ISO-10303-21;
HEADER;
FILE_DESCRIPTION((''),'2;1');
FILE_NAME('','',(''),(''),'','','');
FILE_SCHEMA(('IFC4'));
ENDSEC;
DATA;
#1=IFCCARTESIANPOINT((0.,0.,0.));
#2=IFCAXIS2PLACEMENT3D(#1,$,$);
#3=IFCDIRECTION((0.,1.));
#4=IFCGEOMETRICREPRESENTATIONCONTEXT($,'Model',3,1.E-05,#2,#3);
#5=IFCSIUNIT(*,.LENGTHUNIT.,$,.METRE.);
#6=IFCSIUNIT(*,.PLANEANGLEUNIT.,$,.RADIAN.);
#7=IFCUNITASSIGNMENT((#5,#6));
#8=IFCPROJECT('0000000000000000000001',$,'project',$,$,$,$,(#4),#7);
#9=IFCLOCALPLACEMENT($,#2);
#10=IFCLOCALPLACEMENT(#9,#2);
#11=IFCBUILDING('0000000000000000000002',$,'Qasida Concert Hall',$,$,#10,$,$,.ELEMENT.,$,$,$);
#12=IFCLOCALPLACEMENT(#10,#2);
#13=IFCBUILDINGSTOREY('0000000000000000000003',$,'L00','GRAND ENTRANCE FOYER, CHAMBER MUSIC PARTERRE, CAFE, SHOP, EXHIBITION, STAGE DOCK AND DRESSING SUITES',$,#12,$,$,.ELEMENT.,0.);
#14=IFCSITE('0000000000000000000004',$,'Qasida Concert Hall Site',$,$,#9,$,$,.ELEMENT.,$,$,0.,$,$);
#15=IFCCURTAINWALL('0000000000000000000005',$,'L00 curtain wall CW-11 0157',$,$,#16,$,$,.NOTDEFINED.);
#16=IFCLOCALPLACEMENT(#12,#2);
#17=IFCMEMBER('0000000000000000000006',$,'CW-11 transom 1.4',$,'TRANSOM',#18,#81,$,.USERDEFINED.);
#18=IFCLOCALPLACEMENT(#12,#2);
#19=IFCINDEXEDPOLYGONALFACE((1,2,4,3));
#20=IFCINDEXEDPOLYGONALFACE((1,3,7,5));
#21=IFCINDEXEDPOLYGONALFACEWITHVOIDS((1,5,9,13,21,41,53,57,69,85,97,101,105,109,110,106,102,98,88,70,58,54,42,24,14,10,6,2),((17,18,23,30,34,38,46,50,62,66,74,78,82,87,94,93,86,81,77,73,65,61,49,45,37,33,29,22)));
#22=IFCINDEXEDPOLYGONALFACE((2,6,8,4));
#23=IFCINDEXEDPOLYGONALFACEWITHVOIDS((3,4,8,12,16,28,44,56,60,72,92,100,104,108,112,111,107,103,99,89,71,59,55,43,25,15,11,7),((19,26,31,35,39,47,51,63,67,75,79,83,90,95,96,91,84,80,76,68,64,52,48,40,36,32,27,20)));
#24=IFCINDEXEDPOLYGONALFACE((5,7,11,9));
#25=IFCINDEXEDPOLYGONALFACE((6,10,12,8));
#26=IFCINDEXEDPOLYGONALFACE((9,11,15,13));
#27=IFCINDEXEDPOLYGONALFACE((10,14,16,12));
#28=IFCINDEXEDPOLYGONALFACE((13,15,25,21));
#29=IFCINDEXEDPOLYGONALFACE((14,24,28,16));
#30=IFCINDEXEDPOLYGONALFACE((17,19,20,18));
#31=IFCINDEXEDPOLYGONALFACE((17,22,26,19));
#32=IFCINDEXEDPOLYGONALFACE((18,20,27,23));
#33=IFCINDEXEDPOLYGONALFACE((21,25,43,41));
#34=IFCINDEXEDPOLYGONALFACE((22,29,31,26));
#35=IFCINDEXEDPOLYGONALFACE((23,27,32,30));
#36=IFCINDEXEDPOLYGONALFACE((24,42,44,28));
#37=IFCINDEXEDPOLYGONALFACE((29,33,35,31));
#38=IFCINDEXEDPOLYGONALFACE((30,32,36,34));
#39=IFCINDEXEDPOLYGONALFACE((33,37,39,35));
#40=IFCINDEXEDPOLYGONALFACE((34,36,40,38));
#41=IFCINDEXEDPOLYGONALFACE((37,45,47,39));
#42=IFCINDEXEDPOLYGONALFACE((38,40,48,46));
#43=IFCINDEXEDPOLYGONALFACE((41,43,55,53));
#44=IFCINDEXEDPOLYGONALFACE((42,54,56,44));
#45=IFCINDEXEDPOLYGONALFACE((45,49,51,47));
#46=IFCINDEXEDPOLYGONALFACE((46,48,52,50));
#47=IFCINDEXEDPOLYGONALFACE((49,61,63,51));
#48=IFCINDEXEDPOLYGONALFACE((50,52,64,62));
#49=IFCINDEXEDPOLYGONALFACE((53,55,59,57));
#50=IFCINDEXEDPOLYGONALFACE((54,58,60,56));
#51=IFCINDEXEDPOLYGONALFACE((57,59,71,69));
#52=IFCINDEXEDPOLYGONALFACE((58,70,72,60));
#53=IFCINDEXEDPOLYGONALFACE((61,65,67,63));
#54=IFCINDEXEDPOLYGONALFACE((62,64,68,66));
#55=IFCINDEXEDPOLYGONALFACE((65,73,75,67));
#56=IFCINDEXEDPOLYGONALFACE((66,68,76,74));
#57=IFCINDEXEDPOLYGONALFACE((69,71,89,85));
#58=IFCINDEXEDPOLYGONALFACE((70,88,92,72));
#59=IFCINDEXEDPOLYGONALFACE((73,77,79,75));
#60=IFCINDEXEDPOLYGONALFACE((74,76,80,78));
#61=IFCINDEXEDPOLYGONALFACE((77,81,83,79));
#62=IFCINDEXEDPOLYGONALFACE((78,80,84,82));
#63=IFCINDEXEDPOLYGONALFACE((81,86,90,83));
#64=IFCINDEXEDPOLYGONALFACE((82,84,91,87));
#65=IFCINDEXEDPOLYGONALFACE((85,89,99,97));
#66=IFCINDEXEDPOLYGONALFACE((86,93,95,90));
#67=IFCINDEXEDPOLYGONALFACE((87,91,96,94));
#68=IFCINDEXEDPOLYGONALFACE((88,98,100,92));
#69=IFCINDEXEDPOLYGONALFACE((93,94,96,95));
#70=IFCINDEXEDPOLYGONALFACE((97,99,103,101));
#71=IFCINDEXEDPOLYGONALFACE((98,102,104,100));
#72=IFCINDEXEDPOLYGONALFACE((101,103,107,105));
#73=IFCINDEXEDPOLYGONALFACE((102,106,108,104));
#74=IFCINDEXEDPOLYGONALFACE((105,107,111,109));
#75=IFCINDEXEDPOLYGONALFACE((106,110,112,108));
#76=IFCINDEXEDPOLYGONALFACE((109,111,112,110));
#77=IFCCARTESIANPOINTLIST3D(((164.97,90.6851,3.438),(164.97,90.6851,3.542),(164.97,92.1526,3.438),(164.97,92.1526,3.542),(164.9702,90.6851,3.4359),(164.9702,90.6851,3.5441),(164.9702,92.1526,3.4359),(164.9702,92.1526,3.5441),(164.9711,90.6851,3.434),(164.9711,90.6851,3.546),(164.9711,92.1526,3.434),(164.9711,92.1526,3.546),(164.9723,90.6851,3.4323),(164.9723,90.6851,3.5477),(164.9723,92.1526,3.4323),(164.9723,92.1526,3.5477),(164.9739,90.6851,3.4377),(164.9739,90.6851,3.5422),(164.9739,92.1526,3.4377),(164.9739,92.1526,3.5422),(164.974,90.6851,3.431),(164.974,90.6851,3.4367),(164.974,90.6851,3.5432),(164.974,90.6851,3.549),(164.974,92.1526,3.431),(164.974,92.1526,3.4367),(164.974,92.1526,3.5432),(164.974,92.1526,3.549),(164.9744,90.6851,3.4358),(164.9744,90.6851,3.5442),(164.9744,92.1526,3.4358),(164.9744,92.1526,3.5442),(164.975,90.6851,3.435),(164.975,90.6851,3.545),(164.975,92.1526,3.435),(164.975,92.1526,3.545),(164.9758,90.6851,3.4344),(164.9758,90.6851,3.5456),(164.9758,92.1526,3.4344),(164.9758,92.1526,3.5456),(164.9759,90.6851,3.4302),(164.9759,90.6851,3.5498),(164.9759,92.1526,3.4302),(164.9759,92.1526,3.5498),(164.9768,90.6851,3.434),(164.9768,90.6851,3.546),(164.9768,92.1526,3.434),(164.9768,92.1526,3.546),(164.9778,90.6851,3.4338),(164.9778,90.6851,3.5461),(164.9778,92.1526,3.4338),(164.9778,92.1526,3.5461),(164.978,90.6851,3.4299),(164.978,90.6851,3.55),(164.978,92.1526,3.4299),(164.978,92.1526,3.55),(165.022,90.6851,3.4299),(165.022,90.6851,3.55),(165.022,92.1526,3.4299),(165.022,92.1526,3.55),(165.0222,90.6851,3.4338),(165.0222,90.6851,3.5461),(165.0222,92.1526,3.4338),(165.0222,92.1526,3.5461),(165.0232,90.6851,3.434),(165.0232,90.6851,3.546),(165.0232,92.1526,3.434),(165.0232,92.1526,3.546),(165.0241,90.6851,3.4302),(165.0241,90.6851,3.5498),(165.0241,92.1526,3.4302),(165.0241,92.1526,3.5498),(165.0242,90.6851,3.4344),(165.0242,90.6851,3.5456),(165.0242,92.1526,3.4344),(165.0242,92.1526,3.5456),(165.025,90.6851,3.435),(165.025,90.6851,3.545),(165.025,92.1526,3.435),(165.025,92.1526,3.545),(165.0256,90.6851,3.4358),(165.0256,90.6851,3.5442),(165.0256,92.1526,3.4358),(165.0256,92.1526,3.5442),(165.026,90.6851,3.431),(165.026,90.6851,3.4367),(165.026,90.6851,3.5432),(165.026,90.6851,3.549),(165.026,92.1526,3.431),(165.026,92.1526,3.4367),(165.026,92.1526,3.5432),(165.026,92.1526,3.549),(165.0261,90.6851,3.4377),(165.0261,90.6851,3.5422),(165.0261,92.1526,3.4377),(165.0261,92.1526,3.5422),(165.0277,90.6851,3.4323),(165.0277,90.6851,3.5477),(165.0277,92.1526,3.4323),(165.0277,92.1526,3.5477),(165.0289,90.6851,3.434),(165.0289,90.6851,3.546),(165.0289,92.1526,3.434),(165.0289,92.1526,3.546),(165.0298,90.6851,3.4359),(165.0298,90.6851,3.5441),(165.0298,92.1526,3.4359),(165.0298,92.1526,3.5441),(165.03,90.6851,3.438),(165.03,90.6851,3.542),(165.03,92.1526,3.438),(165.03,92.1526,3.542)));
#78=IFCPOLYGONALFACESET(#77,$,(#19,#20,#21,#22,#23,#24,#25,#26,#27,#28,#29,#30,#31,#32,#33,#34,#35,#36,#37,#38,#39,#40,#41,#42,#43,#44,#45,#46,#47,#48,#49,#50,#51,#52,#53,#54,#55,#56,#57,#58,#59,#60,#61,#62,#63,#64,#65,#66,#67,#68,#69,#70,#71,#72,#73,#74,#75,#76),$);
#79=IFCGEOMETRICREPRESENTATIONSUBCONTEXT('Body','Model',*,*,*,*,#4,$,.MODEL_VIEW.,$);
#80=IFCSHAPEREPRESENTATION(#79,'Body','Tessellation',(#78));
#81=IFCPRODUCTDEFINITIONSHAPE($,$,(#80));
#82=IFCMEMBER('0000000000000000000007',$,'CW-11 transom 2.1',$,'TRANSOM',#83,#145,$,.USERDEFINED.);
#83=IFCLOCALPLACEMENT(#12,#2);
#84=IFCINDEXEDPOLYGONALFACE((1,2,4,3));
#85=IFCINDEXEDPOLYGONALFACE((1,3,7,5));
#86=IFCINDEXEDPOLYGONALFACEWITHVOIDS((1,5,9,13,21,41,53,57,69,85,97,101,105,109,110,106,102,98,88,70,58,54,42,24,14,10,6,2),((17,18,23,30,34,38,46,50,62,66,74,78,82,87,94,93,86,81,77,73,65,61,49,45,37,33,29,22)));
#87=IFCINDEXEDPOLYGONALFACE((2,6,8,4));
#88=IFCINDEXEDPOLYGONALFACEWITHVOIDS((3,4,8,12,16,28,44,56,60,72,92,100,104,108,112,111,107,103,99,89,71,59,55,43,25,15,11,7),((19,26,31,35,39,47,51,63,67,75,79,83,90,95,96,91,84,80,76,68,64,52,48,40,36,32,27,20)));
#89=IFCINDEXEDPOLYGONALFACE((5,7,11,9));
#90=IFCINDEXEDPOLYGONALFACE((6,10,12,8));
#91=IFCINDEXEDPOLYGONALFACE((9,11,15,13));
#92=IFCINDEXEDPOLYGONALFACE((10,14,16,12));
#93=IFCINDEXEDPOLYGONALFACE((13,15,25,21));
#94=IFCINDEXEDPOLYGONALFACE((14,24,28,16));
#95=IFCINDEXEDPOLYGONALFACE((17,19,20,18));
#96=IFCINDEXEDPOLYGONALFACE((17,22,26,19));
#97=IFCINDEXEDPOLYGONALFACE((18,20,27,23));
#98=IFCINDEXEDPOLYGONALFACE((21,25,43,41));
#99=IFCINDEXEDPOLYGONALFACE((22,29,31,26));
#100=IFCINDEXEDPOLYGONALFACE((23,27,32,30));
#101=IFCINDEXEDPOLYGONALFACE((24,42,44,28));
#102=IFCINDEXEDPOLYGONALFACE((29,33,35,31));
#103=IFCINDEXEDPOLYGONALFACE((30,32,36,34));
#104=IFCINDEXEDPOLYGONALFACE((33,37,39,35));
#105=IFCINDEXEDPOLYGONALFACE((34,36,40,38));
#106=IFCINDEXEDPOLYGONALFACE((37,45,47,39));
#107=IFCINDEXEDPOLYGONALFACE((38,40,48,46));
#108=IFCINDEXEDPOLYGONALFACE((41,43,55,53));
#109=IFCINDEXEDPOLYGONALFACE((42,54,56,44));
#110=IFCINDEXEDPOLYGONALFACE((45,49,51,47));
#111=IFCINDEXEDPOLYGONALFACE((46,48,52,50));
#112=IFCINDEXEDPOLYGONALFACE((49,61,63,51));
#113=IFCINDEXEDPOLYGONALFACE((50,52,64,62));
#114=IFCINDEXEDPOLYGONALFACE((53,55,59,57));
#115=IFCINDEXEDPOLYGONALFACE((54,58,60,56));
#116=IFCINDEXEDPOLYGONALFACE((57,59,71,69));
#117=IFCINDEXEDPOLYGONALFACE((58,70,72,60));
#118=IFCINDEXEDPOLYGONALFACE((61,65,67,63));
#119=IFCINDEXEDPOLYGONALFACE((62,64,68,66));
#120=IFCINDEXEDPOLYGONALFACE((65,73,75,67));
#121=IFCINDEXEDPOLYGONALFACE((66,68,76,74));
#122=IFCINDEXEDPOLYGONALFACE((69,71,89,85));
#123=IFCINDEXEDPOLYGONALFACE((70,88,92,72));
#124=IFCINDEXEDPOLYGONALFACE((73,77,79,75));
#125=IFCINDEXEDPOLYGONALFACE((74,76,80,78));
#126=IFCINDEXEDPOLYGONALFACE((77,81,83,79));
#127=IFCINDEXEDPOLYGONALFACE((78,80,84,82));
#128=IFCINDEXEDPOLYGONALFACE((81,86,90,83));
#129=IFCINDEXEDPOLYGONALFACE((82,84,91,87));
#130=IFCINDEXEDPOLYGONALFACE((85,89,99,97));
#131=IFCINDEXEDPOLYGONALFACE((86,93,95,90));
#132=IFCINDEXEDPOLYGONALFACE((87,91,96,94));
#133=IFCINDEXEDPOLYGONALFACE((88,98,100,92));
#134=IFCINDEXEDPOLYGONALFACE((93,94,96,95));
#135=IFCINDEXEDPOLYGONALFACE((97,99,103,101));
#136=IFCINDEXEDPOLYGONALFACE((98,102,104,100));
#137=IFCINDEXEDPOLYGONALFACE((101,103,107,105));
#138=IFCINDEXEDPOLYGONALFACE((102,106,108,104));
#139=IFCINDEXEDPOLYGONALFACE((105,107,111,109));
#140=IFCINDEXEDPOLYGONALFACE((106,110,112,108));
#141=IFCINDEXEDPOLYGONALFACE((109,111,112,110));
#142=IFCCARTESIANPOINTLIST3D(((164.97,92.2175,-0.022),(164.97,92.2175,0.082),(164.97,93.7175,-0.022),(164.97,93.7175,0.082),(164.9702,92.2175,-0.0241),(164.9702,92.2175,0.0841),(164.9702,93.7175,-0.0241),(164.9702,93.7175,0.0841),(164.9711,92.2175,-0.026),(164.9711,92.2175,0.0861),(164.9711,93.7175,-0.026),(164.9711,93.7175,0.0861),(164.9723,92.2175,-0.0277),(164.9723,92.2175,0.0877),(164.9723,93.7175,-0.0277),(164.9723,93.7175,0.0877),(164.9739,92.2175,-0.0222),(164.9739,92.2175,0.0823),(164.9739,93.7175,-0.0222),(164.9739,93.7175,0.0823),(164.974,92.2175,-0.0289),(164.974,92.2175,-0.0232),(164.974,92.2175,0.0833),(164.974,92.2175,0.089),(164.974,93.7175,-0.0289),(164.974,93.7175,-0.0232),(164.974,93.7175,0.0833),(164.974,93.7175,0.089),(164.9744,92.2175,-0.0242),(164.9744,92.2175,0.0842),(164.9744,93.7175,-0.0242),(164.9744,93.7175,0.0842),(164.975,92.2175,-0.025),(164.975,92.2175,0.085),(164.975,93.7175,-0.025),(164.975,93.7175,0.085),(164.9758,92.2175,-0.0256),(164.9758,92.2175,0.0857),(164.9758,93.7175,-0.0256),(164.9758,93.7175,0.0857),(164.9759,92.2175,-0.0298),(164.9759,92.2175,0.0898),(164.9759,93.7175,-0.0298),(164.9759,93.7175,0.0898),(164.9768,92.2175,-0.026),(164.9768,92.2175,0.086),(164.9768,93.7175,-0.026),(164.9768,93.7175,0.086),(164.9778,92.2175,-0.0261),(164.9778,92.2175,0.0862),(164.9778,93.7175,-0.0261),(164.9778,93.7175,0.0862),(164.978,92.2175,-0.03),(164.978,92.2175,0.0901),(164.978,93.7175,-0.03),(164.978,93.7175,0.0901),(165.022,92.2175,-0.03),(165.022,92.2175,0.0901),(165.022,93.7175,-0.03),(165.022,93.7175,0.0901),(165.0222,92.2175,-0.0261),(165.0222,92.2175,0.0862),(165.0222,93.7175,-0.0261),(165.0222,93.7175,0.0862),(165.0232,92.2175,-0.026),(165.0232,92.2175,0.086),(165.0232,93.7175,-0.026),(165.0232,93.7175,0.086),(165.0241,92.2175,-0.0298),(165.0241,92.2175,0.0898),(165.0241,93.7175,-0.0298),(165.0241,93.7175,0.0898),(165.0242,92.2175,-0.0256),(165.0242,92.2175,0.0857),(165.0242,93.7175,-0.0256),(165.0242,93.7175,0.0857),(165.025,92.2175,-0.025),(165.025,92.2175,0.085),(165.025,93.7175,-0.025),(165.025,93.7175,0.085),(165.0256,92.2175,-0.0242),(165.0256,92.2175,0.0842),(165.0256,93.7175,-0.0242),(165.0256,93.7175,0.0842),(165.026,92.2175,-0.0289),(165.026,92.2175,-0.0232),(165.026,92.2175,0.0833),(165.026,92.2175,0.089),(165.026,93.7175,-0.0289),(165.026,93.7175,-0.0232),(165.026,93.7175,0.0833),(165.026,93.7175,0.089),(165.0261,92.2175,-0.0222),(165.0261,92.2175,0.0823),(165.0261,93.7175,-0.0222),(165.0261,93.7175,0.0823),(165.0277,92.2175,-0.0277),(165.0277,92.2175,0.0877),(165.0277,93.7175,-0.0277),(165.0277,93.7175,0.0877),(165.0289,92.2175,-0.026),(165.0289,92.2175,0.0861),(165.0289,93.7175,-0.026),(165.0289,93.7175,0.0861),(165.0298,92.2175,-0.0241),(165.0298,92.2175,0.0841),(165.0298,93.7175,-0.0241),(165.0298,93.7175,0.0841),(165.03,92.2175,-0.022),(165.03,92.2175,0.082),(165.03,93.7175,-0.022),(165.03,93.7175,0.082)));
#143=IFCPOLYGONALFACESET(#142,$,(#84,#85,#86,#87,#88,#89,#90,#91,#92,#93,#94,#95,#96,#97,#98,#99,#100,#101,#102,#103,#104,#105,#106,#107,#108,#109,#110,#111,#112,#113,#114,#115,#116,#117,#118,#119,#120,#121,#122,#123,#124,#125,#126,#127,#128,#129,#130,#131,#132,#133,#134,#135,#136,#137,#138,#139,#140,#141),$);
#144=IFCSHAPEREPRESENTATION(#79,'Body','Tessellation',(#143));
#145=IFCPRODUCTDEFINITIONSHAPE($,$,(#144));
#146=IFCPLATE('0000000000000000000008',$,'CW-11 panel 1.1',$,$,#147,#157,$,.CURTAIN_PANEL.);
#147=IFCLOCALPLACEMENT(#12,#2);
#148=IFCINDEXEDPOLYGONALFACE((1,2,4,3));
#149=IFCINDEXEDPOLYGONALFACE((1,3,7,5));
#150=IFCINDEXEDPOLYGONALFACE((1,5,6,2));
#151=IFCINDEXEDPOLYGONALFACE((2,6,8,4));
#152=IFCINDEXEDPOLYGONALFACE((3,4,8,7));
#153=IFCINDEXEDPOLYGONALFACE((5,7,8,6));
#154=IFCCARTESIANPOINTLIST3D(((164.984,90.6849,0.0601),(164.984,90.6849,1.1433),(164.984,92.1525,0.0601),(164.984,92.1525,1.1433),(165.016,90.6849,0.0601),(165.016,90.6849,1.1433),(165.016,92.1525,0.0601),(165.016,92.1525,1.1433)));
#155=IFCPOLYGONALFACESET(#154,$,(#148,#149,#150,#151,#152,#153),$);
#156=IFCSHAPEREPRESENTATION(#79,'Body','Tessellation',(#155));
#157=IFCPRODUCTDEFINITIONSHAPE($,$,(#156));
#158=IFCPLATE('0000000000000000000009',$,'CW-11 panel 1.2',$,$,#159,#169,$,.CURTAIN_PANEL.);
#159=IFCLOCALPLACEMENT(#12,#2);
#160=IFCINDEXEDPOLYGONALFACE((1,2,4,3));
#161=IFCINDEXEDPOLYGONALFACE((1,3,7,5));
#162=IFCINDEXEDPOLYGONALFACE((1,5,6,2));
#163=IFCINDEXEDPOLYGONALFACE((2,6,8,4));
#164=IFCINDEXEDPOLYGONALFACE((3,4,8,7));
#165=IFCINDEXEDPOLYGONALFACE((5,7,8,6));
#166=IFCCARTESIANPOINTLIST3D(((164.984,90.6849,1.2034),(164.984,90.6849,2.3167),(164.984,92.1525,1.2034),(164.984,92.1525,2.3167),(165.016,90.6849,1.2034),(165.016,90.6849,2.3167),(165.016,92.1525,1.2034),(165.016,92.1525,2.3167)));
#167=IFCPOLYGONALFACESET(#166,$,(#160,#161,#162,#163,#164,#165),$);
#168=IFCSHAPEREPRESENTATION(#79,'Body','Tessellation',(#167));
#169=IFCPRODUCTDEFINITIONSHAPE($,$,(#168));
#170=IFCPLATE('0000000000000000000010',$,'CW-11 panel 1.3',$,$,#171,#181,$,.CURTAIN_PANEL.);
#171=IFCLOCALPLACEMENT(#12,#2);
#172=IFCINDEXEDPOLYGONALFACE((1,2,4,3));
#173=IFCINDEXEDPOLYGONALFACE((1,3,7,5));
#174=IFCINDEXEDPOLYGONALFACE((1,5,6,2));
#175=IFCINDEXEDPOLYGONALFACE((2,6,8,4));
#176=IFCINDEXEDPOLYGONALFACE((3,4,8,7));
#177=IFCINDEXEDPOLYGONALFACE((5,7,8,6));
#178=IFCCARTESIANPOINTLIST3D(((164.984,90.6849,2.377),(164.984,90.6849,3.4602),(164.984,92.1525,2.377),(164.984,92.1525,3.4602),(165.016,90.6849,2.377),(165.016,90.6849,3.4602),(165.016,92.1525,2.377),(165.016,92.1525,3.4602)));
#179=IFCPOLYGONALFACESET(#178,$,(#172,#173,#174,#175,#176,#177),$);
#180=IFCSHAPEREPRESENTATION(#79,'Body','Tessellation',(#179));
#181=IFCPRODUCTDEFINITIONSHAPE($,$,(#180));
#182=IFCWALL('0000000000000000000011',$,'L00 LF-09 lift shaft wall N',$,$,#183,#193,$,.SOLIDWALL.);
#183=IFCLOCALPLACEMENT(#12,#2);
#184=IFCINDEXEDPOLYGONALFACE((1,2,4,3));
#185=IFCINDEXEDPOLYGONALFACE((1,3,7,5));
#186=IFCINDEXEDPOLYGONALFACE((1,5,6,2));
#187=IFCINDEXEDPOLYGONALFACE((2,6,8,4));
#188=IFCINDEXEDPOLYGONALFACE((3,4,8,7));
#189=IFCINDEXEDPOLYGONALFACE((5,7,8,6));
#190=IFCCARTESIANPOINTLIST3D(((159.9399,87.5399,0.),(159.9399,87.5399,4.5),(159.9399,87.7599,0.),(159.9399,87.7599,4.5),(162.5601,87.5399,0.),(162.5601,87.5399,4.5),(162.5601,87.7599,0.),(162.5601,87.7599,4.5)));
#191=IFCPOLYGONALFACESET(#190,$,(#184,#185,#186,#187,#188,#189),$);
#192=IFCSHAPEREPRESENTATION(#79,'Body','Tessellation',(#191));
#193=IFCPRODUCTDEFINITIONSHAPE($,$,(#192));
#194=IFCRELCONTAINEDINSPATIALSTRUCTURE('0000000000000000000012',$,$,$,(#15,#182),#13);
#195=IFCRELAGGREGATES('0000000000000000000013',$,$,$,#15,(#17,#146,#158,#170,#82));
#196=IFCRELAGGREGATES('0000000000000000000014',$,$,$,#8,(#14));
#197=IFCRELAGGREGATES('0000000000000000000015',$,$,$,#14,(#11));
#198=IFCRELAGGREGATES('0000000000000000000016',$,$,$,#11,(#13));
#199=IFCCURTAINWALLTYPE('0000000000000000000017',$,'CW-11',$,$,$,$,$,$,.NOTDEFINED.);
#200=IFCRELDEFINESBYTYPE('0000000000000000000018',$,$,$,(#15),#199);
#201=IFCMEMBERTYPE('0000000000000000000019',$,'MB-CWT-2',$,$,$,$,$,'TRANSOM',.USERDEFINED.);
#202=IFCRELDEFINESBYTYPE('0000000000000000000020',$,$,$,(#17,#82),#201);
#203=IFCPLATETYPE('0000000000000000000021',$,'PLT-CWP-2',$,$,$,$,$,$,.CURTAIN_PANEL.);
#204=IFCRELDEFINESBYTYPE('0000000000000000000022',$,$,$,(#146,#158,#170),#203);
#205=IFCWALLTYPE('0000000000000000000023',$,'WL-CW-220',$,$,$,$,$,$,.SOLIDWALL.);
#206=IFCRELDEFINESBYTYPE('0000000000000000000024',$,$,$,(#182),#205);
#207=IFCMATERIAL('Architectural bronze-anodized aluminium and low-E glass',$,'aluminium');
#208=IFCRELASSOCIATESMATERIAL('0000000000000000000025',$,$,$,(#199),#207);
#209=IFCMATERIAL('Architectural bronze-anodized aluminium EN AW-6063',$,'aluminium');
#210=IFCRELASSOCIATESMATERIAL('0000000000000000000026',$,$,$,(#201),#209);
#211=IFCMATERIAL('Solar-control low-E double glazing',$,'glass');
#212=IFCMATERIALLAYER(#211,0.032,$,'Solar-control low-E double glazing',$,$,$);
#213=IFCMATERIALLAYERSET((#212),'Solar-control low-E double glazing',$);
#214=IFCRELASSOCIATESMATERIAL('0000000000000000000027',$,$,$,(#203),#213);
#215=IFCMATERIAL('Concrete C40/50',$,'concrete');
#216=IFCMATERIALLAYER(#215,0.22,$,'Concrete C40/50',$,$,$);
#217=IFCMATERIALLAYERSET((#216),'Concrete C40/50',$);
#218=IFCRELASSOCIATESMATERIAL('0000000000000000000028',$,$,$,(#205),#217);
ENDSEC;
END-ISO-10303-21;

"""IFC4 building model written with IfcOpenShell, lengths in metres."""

from ifc_helpers import new_model, si_unit, direction, frame, frame_2d, origin, origin_2d, place, context, subcontext, project, spatial, rectangle, hollow_rectangle, extrude, material, layer, layer_set, material_profile, profile_set, type_object, element, aggregate, save


model = new_model("IFC4")

# Units and contexts
model_context = context("Model", 3, precision=1e-05, world=origin(), true_north=direction((0.0, 1.0)))
body_context = subcontext(model_context, "Body", "Model", "MODEL_VIEW")
ifc_project = project(units=[si_unit("LENGTHUNIT", "METRE"), si_unit("PLANEANGLEUNIT", "RADIAN")], contexts=[model_context])

# Site, building, storey
site_placement = place(None, origin())
site = spatial("IfcSite", under=ifc_project, at=site_placement, Name="Qasida Concert Hall Site", CompositionType="ELEMENT", RefElevation=0.0)
building_placement = place(site_placement, origin())
building = spatial("IfcBuilding", under=site, at=building_placement, Name="Qasida Concert Hall", CompositionType="ELEMENT")
storey_placement = place(building_placement, origin())
storey = spatial("IfcBuildingStorey", under=building, at=storey_placement, Name="L00", Description="GRAND ENTRANCE FOYER, CHAMBER MUSIC PARTERRE, CAFE, SHOP, EXHIBITION, STAGE DOCK AND DRESSING SUITES", CompositionType="ELEMENT", Elevation=0.0)

# Shared definitions
ifc_material_1 = material(Name="Concrete C40/50", Category="concrete")

# Curtain wall, members, plates
ifc_material_2 = material(Name="Architectural bronze-anodized aluminium and low-E glass", Category="aluminium")
curtain_wall_type = type_object("IfcCurtainWallType", Name="CW-11", PredefinedType="NOTDEFINED", material=ifc_material_2)
curtain_wall_placement = place(storey_placement, origin())
curtain_wall = element("IfcCurtainWall", 1, at=curtain_wall_placement, inside=storey, type_object=curtain_wall_type, Name="L00 curtain wall CW-11 0157", PredefinedType="NOTDEFINED")
ifc_material_3 = material(Name="Architectural bronze-anodized aluminium EN AW-6063", Category="aluminium")
ifc_material_profile_1 = material_profile(ifc_material_3, hollow_rectangle(XDim=0.0601, YDim=0.1201, WallThickness=0.0039, InnerFilletRadius=0.0039, OuterFilletRadius=0.0081, at=origin_2d()), Name="CWT 120x60x4")
ifc_profile_set_1 = profile_set([ifc_material_profile_1], Name="Architectural bronze-anodized aluminium EN AW-6063")
member_type_1 = type_object("IfcMemberType", Name="MB-CWT-2", ElementType="TRANSOM", PredefinedType="USERDEFINED", material=ifc_profile_set_1)
member_1_placement = place(storey_placement, frame((165.0, 90.6851, 3.49), z_axis=(0.0, 1.0, 0.0), x_axis=(-1.0, 0.0, 0.0)))
member_1 = element("IfcMember", 2, at=member_1_placement, type_object=member_type_1, Name="CW-11 transom 1.4", ObjectType="TRANSOM", PredefinedType="USERDEFINED", context=body_context, shape_type="SweptSolid", body=[
    extrude(hollow_rectangle(XDim=0.0601, YDim=0.1201, WallThickness=0.0039, InnerFilletRadius=0.0039, OuterFilletRadius=0.0081, at=origin_2d()), origin(), (0.0, 0.0, 1.0), 1.4675),
])
member_2_placement = place(storey_placement, frame((165.0, 92.2175, 0.03), z_axis=(0.0, 1.0, 0.0), x_axis=(-1.0, 0.0, 0.0)))
member_2 = element("IfcMember", 3, at=member_2_placement, type_object=member_type_1, Name="CW-11 transom 2.1", ObjectType="TRANSOM", PredefinedType="USERDEFINED", context=body_context, shape_type="SweptSolid", body=[
    extrude(hollow_rectangle(XDim=0.0601, YDim=0.1201, WallThickness=0.0039, InnerFilletRadius=0.0039, OuterFilletRadius=0.0081, at=origin_2d()), origin(), (0.0, 0.0, 1.0), 1.5),
])
ifc_material_4 = material(Name="Solar-control low-E double glazing", Category="glass")
ifc_layer_1 = layer(ifc_material_4, 0.032, Name="Solar-control low-E double glazing")
ifc_layer_set_1 = layer_set([ifc_layer_1], Name="Solar-control low-E double glazing")
plate_type = type_object("IfcPlateType", Name="PLT-CWP-2", PredefinedType="CURTAIN_PANEL", material=ifc_layer_set_1)
plate_1_placement = place(storey_placement, frame((165.0, 91.4187, 0.0601), z_axis=(0.0, 0.0, 1.0), x_axis=(0.0, 1.0, 0.0)))
plate_1 = element("IfcPlate", 4, at=plate_1_placement, type_object=plate_type, Name="CW-11 panel 1.1", PredefinedType="CURTAIN_PANEL", context=body_context, shape_type="SweptSolid", body=[
    extrude(rectangle(XDim=1.4675, YDim=0.032, at=origin_2d()), origin(), (0.0, 0.0, 1.0), 1.0833),
])
plate_2_placement = place(storey_placement, frame((165.0, 91.4187, 1.2034), z_axis=(0.0, 0.0, 1.0), x_axis=(0.0, 1.0, 0.0)))
plate_2 = element("IfcPlate", 5, at=plate_2_placement, type_object=plate_type, Name="CW-11 panel 1.2", PredefinedType="CURTAIN_PANEL", context=body_context, shape_type="SweptSolid", body=[
    extrude(rectangle(XDim=1.4675, YDim=0.032, at=origin_2d()), origin(), (0.0, 0.0, 1.0), 1.1133),
])
plate_3_placement = place(storey_placement, frame((165.0, 91.4187, 2.377), z_axis=(0.0, 0.0, 1.0), x_axis=(0.0, 1.0, 0.0)))
plate_3 = element("IfcPlate", 6, at=plate_3_placement, type_object=plate_type, Name="CW-11 panel 1.3", PredefinedType="CURTAIN_PANEL", context=body_context, shape_type="SweptSolid", body=[
    extrude(rectangle(XDim=1.4675, YDim=0.032, at=origin_2d()), origin(), (0.0, 0.0, 1.0), 1.0833),
])
aggregate(curtain_wall, [member_1, plate_1, plate_2, plate_3, member_2])

# Wall
ifc_layer_2 = layer(ifc_material_1, 0.22, Name="Concrete C40/50")
ifc_layer_set_2 = layer_set([ifc_layer_2], Name="Concrete C40/50")
wall_type_1 = type_object("IfcWallType", Name="WL-CW-220", PredefinedType="SOLIDWALL", material=ifc_layer_set_2)
wall_1_placement = place(storey_placement, frame((159.9399, 87.6499, 0.0), z_axis=(0.0, 0.0, 1.0), x_axis=(1.0, 0.0, 0.0)))
element("IfcWall", 7, at=wall_1_placement, inside=storey, type_object=wall_type_1, Name="L00 LF-09 lift shaft wall N", PredefinedType="SOLIDWALL", context=body_context, shape_type="SweptSolid", body=[
    extrude(rectangle(XDim=2.6201, YDim=0.22, at=frame_2d((1.3101, 0.0))), origin(), (0.0, 0.0, 1.0), 4.5),
])

save(model, "model.ifc")
